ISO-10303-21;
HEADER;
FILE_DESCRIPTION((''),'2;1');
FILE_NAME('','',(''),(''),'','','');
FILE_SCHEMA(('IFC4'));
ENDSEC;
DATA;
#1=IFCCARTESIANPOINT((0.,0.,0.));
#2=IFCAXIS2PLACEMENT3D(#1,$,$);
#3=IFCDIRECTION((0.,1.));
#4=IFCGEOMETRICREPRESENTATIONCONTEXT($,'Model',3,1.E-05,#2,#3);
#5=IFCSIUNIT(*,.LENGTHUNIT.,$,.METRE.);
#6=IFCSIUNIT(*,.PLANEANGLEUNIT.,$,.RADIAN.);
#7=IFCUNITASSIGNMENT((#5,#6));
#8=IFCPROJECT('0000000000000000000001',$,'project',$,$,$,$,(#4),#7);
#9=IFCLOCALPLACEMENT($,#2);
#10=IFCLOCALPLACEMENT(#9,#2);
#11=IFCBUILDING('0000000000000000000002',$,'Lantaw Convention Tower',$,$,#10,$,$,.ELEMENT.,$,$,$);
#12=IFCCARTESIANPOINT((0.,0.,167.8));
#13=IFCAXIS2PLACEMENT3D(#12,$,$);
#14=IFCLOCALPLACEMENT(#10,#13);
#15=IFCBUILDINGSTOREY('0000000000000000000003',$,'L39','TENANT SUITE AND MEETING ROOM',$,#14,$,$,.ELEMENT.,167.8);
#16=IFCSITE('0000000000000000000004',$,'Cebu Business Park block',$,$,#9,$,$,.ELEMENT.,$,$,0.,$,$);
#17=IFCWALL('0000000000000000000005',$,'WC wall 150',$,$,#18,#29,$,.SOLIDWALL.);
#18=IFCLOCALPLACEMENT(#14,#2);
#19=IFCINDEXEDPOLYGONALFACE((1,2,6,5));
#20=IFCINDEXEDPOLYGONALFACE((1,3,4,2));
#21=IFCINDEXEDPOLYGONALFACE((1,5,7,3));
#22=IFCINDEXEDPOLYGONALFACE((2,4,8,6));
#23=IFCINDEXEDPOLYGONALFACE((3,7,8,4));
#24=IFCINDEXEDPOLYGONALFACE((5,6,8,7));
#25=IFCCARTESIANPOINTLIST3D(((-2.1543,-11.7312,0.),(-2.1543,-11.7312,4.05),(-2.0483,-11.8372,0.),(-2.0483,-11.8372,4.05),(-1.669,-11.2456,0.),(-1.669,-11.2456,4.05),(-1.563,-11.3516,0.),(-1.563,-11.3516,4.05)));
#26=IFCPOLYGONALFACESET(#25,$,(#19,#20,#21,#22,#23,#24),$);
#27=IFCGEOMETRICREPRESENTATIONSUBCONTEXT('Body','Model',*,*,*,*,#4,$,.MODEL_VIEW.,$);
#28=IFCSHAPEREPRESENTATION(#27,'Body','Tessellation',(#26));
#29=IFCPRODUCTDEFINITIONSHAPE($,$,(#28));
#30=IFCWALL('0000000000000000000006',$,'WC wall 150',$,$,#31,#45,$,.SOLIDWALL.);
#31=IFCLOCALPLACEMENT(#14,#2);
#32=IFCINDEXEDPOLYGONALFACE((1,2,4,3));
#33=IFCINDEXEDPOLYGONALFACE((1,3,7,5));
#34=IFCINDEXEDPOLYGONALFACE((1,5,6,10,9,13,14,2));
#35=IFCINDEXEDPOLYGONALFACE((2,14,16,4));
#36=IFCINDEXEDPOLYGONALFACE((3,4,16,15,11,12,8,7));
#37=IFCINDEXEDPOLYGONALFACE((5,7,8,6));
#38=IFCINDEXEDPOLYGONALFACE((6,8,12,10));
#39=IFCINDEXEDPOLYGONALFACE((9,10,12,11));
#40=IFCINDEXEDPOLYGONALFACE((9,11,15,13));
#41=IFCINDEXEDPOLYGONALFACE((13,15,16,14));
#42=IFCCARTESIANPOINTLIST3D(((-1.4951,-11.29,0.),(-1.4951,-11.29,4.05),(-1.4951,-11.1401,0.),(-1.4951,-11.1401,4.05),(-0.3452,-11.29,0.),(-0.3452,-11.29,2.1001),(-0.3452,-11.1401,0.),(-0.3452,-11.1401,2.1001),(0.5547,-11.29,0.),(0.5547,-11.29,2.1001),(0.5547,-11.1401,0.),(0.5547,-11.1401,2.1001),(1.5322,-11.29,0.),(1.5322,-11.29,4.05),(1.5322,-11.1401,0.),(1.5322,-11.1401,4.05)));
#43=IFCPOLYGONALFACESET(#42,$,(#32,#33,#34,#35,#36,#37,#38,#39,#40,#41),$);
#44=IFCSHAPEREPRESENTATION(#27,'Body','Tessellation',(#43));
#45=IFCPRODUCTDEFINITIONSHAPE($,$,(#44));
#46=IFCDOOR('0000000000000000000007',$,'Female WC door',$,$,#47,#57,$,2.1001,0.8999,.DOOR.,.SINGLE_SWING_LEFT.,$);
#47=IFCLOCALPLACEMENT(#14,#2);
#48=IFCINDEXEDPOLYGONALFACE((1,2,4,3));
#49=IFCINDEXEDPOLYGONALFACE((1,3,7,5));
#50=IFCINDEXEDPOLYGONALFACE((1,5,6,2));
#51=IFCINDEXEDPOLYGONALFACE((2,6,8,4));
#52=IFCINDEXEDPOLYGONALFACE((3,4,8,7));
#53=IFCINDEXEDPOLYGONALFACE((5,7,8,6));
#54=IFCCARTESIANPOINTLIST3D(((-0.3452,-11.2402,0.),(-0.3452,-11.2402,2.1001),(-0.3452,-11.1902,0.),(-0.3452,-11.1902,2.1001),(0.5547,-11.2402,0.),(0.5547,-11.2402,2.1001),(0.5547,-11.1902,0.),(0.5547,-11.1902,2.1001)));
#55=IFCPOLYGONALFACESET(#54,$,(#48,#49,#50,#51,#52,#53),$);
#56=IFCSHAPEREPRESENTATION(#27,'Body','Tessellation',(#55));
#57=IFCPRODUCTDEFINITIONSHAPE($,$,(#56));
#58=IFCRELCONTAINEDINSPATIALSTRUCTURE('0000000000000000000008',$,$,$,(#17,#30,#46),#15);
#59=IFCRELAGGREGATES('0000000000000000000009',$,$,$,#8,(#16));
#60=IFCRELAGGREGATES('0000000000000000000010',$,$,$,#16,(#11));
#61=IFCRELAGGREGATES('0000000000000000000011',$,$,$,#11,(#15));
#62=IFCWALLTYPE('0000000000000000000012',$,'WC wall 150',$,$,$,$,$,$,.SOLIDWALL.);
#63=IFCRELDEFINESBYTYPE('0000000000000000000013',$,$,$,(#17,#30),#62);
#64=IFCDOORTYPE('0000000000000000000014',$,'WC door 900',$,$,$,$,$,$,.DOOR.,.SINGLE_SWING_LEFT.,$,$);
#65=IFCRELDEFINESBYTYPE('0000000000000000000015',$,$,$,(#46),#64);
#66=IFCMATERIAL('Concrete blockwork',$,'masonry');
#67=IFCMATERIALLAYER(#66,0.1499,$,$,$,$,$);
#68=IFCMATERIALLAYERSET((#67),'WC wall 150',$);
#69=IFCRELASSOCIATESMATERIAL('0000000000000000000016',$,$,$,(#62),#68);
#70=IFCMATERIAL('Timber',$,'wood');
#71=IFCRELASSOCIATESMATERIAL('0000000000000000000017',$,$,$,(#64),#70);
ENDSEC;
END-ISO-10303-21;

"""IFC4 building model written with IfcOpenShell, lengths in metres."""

from ifc_helpers import new_model, si_unit, direction, frame, frame_2d, origin, place, context, subcontext, project, spatial, rectangle, extrude, material, layer, layer_set, type_object, element, fill, save


model = new_model("IFC4")

# Units and contexts
model_context = context("Model", 3, precision=1e-05, world=origin(), true_north=direction((0.0, 1.0)))
body_context = subcontext(model_context, "Body", "Model", "MODEL_VIEW")
ifc_project = project(units=[si_unit("LENGTHUNIT", "METRE"), si_unit("PLANEANGLEUNIT", "RADIAN")], contexts=[model_context])

# Site, building, storey
site_placement = place(None, origin())
site = spatial("IfcSite", under=ifc_project, at=site_placement, Name="Cebu Business Park block", CompositionType="ELEMENT", RefElevation=0.0)
building_placement = place(site_placement, origin())
building = spatial("IfcBuilding", under=site, at=building_placement, Name="Lantaw Convention Tower", CompositionType="ELEMENT")
storey_placement = place(building_placement, frame((0.0, 0.0, 167.8)))
storey = spatial("IfcBuildingStorey", under=building, at=storey_placement, Name="L39", Description="TENANT SUITE AND MEETING ROOM", CompositionType="ELEMENT", Elevation=167.8)

# Shared definitions
ifc_material_1 = material(Name="Concrete blockwork", Category="masonry")
ifc_layer_1 = layer(ifc_material_1, 0.1499)
ifc_layer_set_1 = layer_set([ifc_layer_1], Name="WC wall 150")
wall_type_1 = type_object("IfcWallType", Name="WC wall 150", PredefinedType="SOLIDWALL", material=ifc_layer_set_1)
ifc_material_2 = material(Name="Timber", Category="wood")
door_type_1 = type_object("IfcDoorType", Name="WC door 900", OperationType="SINGLE_SWING_LEFT", PredefinedType="DOOR", material=ifc_material_2)

# Wall
wall_1_placement = place(storey_placement, frame((-2.1013, -11.7842, 0.0), z_axis=(0.0, 0.0, 1.0), x_axis=(0.706929, 0.707285, 0.0)))
element("IfcWall", 1, at=wall_1_placement, inside=storey, type_object=wall_type_1, Name="WC wall 150", PredefinedType="SOLIDWALL", context=body_context, shape_type="SweptSolid", body=[
    extrude(rectangle(XDim=0.6865, YDim=0.1499, at=frame_2d((0.3433, 0.0))), origin(), (0.0, 0.0, 1.0), 4.05),
])

# Wall, opening, door
wall_2_placement = place(storey_placement, frame((-1.4951, -11.2151, 0.0), z_axis=(0.0, 0.0, 1.0), x_axis=(1.0, 0.0, 0.0)))
wall_2 = element("IfcWall", 2, at=wall_2_placement, inside=storey, type_object=wall_type_1, Name="WC wall 150", PredefinedType="SOLIDWALL", context=body_context, shape_type="SweptSolid", body=[
    extrude(rectangle(XDim=3.0273, YDim=0.1499, at=frame_2d((1.5137, 0.0))), origin(), (0.0, 0.0, 1.0), 4.05),
])
opening_1_placement = place(wall_2_placement, frame((1.1499, 0.0, 0.0)))
opening_1 = element("IfcOpeningElement", 3, at=opening_1_placement, cuts=wall_2, PredefinedType="OPENING", context=body_context, shape_type="SweptSolid", body=[
    extrude(rectangle(XDim=0.8999, YDim=2.1001, at=frame_2d((0.45, 1.05))), frame((0.0, 0.085, 0.0), z_axis=(0.0, -1.0, 0.0), x_axis=(1.0, 0.0, 0.0)), (0.0, 0.0, 1.0), 0.1699),
])
door_1_placement = place(opening_1_placement, origin())
door_1 = element("IfcDoor", 4, at=door_1_placement, inside=storey, type_object=door_type_1, Name="Female WC door", OperationType="SINGLE_SWING_LEFT", OverallHeight=2.1001, OverallWidth=0.8999, PredefinedType="DOOR", context=body_context, shape_type="SweptSolid", body=[
    extrude(rectangle(XDim=0.8999, YDim=2.1001, at=frame_2d((0.45, 1.05))), frame((0.0, 0.0249, 0.0), z_axis=(0.0, -1.0, 0.0), x_axis=(1.0, 0.0, 0.0)), (0.0, 0.0, 1.0), 0.05),
])
fill(opening_1, door_1)

save(model, "model.ifc")
